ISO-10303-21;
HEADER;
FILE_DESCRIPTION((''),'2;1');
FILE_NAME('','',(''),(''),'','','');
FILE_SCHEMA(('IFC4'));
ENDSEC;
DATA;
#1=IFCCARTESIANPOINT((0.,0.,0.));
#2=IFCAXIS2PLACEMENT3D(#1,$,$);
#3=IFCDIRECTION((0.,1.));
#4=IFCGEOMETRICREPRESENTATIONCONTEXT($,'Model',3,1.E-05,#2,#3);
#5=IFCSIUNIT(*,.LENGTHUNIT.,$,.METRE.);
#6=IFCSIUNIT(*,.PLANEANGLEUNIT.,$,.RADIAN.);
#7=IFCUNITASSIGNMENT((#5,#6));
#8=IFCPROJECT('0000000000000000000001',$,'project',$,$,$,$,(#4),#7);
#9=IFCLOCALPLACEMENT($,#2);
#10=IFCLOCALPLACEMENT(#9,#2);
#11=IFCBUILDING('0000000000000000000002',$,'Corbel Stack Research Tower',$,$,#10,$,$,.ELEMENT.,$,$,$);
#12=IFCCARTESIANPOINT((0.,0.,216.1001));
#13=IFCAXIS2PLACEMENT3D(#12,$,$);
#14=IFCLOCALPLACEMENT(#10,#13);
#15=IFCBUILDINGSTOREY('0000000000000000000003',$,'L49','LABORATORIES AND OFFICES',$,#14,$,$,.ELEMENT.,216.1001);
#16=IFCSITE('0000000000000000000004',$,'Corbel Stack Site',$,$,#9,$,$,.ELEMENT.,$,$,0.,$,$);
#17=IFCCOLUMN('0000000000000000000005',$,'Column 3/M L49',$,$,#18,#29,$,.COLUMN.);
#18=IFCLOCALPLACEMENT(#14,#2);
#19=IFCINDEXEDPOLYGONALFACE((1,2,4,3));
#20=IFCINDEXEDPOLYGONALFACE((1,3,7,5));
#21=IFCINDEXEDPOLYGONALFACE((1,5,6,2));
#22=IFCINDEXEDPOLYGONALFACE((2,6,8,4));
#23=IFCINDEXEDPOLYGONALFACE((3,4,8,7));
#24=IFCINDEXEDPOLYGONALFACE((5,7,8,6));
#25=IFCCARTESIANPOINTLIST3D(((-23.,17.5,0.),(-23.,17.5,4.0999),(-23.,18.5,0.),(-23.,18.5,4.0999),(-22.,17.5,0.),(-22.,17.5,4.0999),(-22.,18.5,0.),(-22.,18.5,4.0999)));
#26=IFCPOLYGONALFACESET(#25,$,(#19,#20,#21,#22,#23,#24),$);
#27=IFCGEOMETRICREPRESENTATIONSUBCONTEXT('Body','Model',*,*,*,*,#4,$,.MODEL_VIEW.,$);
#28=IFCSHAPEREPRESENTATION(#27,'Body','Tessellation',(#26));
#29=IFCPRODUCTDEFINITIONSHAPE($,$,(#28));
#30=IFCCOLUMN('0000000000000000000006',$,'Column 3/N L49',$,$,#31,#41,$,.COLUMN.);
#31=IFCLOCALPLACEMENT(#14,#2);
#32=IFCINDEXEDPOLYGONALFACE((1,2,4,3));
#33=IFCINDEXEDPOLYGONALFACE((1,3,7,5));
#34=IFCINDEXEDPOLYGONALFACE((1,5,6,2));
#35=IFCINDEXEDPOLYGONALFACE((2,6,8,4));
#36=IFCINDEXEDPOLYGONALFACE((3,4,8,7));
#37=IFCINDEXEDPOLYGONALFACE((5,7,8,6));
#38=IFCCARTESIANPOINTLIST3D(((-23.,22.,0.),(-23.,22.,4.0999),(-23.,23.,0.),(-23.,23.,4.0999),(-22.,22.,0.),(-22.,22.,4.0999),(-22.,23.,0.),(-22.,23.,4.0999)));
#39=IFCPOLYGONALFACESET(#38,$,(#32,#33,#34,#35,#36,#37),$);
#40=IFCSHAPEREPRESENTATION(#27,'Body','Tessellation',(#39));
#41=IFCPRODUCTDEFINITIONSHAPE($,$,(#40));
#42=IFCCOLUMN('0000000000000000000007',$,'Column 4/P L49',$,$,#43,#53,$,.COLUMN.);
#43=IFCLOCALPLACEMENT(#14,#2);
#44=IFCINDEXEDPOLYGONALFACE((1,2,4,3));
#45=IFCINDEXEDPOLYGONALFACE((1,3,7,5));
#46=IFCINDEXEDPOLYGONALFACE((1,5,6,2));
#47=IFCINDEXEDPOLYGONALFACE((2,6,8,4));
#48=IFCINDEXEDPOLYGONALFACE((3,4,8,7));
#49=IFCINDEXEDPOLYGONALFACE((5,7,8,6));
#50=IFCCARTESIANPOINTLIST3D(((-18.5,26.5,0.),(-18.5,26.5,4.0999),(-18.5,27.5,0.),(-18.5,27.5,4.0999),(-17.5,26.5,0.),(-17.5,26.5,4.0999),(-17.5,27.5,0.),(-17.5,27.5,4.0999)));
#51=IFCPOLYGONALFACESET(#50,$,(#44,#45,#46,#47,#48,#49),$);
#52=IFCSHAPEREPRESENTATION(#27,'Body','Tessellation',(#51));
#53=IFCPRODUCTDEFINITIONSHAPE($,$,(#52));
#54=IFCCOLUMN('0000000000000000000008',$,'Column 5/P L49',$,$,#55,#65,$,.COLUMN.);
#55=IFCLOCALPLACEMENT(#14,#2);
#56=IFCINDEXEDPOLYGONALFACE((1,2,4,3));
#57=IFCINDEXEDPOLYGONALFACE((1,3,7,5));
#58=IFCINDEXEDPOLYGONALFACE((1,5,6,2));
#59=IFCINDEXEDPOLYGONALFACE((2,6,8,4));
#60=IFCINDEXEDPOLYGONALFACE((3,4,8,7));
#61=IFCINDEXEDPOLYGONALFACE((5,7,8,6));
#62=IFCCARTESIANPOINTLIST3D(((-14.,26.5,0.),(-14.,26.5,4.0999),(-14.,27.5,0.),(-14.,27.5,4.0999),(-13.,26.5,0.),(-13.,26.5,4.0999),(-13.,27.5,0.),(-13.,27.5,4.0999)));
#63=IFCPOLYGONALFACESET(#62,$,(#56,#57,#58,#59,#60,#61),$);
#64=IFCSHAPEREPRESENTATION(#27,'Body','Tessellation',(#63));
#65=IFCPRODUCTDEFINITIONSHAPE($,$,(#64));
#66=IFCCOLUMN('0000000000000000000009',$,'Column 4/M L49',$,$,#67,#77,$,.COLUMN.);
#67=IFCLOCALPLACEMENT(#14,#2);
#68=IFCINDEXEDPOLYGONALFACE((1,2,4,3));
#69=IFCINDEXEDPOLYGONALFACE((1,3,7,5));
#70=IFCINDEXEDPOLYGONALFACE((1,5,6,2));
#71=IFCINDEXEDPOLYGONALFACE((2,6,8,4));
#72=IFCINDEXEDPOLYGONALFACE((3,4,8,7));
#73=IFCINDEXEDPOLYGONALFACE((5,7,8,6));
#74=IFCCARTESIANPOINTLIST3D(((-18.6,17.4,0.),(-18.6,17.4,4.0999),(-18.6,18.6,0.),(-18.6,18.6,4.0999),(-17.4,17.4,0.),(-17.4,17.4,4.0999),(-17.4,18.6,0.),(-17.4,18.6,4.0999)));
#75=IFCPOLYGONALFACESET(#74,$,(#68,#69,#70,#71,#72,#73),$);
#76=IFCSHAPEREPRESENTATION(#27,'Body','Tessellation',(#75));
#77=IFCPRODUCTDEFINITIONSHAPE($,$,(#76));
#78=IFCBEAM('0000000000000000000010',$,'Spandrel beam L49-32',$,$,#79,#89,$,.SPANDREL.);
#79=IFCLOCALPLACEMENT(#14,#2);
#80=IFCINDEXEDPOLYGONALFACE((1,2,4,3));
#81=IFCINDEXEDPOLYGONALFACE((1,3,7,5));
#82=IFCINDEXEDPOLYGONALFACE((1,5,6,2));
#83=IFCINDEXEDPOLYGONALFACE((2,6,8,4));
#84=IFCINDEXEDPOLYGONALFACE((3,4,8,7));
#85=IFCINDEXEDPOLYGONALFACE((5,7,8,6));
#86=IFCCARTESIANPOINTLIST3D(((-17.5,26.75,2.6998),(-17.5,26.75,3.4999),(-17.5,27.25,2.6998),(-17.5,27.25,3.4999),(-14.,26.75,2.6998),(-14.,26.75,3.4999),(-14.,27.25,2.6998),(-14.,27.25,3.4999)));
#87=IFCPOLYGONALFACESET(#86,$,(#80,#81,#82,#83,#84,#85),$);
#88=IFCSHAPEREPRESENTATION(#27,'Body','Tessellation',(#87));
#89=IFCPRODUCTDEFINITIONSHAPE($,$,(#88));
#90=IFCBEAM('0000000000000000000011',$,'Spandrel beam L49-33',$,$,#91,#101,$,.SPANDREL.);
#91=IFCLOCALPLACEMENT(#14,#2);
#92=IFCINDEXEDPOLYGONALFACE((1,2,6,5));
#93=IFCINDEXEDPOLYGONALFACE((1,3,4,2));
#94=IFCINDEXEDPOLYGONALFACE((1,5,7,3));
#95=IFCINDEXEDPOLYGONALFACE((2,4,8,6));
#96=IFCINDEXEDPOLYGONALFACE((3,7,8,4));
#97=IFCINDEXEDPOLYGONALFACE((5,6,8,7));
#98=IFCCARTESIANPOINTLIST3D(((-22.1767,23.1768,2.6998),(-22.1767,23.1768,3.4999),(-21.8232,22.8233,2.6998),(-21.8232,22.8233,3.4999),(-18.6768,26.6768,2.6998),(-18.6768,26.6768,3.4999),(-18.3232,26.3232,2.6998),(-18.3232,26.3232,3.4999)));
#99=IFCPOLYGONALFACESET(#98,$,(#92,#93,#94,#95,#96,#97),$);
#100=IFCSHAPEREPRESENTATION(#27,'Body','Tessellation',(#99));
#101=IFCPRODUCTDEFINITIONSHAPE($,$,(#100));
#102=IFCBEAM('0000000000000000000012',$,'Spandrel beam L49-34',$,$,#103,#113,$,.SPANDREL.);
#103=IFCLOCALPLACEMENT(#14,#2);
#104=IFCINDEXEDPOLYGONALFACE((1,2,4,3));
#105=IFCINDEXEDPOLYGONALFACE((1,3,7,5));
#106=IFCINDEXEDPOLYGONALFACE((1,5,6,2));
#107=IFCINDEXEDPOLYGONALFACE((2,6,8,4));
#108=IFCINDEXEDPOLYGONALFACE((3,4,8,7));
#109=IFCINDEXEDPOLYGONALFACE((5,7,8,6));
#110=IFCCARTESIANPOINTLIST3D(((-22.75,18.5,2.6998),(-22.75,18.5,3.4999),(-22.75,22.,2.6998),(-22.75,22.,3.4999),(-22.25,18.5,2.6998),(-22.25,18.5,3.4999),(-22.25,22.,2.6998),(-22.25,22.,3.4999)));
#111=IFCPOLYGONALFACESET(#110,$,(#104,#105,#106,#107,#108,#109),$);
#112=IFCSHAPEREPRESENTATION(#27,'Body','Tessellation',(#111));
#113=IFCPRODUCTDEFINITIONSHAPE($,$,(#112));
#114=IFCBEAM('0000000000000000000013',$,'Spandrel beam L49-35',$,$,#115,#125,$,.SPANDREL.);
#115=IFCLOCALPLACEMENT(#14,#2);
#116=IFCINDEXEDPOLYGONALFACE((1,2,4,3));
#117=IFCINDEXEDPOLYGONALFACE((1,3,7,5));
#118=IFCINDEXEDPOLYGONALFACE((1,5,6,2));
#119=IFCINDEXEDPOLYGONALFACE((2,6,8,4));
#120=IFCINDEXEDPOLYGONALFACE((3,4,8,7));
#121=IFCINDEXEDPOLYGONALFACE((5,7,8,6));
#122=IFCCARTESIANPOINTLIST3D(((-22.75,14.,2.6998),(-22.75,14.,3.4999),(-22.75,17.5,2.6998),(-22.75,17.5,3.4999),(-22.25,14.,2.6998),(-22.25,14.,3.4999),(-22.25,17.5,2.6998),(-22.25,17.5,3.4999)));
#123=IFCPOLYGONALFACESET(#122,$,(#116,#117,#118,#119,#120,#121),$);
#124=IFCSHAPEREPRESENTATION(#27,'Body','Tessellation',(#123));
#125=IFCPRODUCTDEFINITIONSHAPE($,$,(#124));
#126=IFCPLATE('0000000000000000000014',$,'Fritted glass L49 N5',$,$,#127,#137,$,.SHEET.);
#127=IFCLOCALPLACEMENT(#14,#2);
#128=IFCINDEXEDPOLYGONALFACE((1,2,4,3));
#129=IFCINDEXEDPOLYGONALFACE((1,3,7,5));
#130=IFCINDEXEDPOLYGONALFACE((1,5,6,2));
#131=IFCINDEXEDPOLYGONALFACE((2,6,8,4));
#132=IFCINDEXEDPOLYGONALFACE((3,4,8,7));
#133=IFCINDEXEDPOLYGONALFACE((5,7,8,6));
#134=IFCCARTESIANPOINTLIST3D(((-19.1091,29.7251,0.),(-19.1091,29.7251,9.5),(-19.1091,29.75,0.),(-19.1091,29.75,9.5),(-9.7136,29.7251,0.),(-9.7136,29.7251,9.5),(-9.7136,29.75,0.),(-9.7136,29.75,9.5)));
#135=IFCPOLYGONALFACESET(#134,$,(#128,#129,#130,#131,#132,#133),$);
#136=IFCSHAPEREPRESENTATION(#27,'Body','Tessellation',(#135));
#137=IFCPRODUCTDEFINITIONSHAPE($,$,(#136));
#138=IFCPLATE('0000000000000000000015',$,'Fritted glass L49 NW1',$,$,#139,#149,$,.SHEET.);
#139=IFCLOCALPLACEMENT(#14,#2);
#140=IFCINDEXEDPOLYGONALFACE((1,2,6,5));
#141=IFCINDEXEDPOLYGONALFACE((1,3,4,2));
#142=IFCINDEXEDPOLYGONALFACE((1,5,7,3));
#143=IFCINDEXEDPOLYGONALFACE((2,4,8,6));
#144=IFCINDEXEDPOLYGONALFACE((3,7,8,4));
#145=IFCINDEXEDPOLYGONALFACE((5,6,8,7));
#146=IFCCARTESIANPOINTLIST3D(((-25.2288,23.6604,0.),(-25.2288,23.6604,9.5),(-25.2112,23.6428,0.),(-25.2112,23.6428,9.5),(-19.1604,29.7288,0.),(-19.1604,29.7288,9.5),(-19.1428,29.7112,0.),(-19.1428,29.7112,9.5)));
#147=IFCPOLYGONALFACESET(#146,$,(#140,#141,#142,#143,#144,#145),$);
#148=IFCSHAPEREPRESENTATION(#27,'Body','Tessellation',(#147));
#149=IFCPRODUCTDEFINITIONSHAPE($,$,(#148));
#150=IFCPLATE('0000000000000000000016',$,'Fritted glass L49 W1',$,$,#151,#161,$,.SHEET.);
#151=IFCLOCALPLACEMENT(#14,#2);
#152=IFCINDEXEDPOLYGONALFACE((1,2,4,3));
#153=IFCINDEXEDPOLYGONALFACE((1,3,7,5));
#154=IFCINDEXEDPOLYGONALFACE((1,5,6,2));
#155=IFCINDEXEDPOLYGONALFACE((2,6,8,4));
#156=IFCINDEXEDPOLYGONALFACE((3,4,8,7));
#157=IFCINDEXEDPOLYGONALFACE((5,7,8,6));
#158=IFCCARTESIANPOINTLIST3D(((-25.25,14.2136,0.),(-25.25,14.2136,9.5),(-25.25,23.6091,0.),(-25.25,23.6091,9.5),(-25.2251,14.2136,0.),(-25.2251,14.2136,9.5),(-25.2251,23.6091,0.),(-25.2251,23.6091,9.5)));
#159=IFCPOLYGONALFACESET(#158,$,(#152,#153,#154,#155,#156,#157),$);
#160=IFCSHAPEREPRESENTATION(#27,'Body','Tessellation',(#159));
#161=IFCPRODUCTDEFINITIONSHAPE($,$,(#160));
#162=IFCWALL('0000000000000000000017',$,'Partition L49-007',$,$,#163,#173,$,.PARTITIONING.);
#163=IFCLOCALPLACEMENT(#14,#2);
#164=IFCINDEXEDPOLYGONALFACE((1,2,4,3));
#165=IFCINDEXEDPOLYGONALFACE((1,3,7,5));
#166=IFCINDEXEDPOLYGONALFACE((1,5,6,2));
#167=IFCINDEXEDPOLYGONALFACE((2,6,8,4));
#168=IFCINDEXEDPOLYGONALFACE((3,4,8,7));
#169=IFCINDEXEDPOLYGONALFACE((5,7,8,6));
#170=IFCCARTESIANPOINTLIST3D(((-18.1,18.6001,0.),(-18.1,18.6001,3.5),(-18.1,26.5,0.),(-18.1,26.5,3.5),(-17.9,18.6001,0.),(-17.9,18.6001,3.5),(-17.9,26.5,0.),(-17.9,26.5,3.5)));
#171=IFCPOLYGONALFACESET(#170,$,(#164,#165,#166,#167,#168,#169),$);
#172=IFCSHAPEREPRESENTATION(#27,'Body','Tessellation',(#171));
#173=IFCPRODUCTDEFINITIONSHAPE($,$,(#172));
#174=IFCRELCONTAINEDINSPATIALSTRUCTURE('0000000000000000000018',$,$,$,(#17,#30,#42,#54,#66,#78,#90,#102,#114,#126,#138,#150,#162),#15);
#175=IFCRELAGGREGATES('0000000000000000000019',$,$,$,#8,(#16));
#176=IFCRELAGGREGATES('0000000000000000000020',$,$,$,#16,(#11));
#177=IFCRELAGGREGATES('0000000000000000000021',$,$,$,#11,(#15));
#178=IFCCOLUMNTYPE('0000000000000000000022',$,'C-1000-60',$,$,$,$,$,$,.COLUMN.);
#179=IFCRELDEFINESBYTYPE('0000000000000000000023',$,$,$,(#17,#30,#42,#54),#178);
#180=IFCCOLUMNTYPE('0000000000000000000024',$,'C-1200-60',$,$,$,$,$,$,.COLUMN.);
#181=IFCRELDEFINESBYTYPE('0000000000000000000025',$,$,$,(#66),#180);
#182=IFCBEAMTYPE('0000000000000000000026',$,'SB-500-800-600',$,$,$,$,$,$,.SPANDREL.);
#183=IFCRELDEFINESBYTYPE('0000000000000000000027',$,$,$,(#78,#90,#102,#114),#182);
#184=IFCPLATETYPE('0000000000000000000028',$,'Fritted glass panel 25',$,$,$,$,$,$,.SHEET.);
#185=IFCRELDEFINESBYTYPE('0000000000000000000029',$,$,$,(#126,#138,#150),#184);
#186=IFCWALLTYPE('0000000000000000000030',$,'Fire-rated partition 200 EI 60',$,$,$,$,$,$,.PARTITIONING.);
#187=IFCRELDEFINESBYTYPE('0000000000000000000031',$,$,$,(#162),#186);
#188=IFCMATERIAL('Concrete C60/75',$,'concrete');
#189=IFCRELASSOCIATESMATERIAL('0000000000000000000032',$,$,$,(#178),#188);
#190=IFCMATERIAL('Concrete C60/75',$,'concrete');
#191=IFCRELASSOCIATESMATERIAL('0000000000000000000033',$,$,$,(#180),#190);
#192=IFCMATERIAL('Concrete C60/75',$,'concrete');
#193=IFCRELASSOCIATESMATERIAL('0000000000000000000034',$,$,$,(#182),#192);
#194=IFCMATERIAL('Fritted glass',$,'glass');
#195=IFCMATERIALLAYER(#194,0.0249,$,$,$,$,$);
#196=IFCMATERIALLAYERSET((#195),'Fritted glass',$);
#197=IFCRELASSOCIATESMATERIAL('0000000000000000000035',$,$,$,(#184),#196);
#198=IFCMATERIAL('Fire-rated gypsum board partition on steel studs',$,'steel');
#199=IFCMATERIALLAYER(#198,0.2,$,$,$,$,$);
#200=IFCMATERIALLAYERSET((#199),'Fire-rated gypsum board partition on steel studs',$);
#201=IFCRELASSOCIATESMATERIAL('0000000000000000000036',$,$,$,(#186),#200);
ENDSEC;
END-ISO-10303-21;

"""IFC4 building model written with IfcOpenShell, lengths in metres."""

from ifc_helpers import new_model, si_unit, direction, frame, frame_2d, origin, origin_2d, place, context, subcontext, project, spatial, rectangle, extrude, material, layer, layer_set, material_profile, profile_set, type_object, element, save


model = new_model("IFC4")

# Units and contexts
model_context = context("Model", 3, precision=1e-05, world=origin(), true_north=direction((0.0, 1.0)))
body_context = subcontext(model_context, "Body", "Model", "MODEL_VIEW")
ifc_project = project(units=[si_unit("LENGTHUNIT", "METRE"), si_unit("PLANEANGLEUNIT", "RADIAN")], contexts=[model_context])

# Site, building, storey
site_placement = place(None, origin())
site = spatial("IfcSite", under=ifc_project, at=site_placement, Name="Corbel Stack Site", CompositionType="ELEMENT", RefElevation=0.0)
building_placement = place(site_placement, origin())
building = spatial("IfcBuilding", under=site, at=building_placement, Name="Corbel Stack Research Tower", CompositionType="ELEMENT")
storey_placement = place(building_placement, frame((0.0, 0.0, 216.1001)))
storey = spatial("IfcBuildingStorey", under=building, at=storey_placement, Name="L49", Description="LABORATORIES AND OFFICES", CompositionType="ELEMENT", Elevation=216.1001)

# Columns
ifc_material_1 = material(Name="Concrete C60/75", Category="concrete")
ifc_material_profile_1 = material_profile(ifc_material_1, rectangle(XDim=1.0, YDim=1.0, at=origin_2d()), Name="RC 1000 x 1000")
ifc_profile_set_1 = profile_set([ifc_material_profile_1], Name="Concrete C60/75")
column_type_1 = type_object("IfcColumnType", Name="C-1000-60", PredefinedType="COLUMN", material=ifc_profile_set_1)
for number, where, z_axis, x_axis, name in (
    (1, (-22.5, 18.0, 0.0), (0.0, 0.0, 1.0), (1.0, 0.0, 0.0), "Column 3/M L49"),
    (2, (-22.5, 22.5, 0.0), (0.0, 0.0, 1.0), (1.0, 0.0, 0.0), "Column 3/N L49"),
    (3, (-18.0, 27.0, 0.0), (0.0, 0.0, 1.0), (1.0, 0.0, 0.0), "Column 4/P L49"),
    (4, (-13.5, 27.0, 0.0), (0.0, 0.0, 1.0), (1.0, 0.0, 0.0), "Column 5/P L49"),
):
    element("IfcColumn", number, at=place(storey_placement, frame(where, z_axis=z_axis, x_axis=x_axis)), inside=storey, type_object=column_type_1, Name=name, PredefinedType="COLUMN", context=body_context, shape_type="SweptSolid", body=[
        extrude(rectangle(XDim=1.0, YDim=1.0, at=origin_2d()), origin(), (0.0, 0.0, 1.0), 4.0999),
    ])
ifc_material_2 = material(Name="Concrete C60/75", Category="concrete")
ifc_material_profile_2 = material_profile(ifc_material_2, rectangle(XDim=1.2, YDim=1.2, at=origin_2d()), Name="RC 1200 x 1200")
ifc_profile_set_2 = profile_set([ifc_material_profile_2], Name="Concrete C60/75")
column_type_2 = type_object("IfcColumnType", Name="C-1200-60", PredefinedType="COLUMN", material=ifc_profile_set_2)
column_placement = place(storey_placement, frame((-18.0, 18.0, 0.0), z_axis=(0.0, 0.0, 1.0), x_axis=(1.0, 0.0, 0.0)))
element("IfcColumn", 5, at=column_placement, inside=storey, type_object=column_type_2, Name="Column 4/M L49", PredefinedType="COLUMN", context=body_context, shape_type="SweptSolid", body=[
    extrude(rectangle(XDim=1.2, YDim=1.2, at=origin_2d()), origin(), (0.0, 0.0, 1.0), 4.0999),
])

# Beams
ifc_material_3 = material(Name="Concrete C60/75", Category="concrete")
ifc_material_profile_3 = material_profile(ifc_material_3, rectangle(XDim=0.5, YDim=0.8, at=origin_2d()), Name="RC 500 x 800")
ifc_profile_set_3 = profile_set([ifc_material_profile_3], Name="Concrete C60/75")
beam_type = type_object("IfcBeamType", Name="SB-500-800-600", PredefinedType="SPANDREL", material=ifc_profile_set_3)
beam_1_placement = place(storey_placement, frame((-14.0, 27.0, 3.0999), z_axis=(-1.0, 0.0, 0.0), x_axis=(0.0, -1.0, 0.0)))
element("IfcBeam", 6, at=beam_1_placement, inside=storey, type_object=beam_type, Name="Spandrel beam L49-32", PredefinedType="SPANDREL", context=body_context, shape_type="SweptSolid", body=[
    extrude(rectangle(XDim=0.5, YDim=0.8, at=origin_2d()), origin(), (0.0, 0.0, 1.0), 3.5),
])
beam_2_placement = place(storey_placement, frame((-18.5, 26.5, 3.0999), z_axis=(-0.707107, -0.707107, 0.0), x_axis=(0.707107, -0.707107, 0.0)))
element("IfcBeam", 7, at=beam_2_placement, inside=storey, type_object=beam_type, Name="Spandrel beam L49-33", PredefinedType="SPANDREL", context=body_context, shape_type="SweptSolid", body=[
    extrude(rectangle(XDim=0.5, YDim=0.8, at=origin_2d()), origin(), (0.0, 0.0, 1.0), 4.9497),
])
for number, where, z_axis, x_axis, name in (
    (8, (-22.5, 22.0, 3.0999), (0.0, -1.0, 0.0), (1.0, 0.0, 0.0), "Spandrel beam L49-34"),
    (9, (-22.5, 17.5, 3.0999), (0.0, -1.0, 0.0), (1.0, 0.0, 0.0), "Spandrel beam L49-35"),
):
    element("IfcBeam", number, at=place(storey_placement, frame(where, z_axis=z_axis, x_axis=x_axis)), inside=storey, type_object=beam_type, Name=name, PredefinedType="SPANDREL", context=body_context, shape_type="SweptSolid", body=[
        extrude(rectangle(XDim=0.5, YDim=0.8, at=origin_2d()), origin(), (0.0, 0.0, 1.0), 3.5),
    ])

# Plates
ifc_material_4 = material(Name="Fritted glass", Category="glass")
ifc_layer_1 = layer(ifc_material_4, 0.0249)
ifc_layer_set_1 = layer_set([ifc_layer_1], Name="Fritted glass")
plate_type = type_object("IfcPlateType", Name="Fritted glass panel 25", PredefinedType="SHEET", material=ifc_layer_set_1)
plate_1_placement = place(storey_placement, frame((-14.4114, 29.7375, 0.0), z_axis=(0.0, 0.0, 1.0), x_axis=(-1.0, 0.0, 0.0)))
element("IfcPlate", 10, at=plate_1_placement, inside=storey, type_object=plate_type, Name="Fritted glass L49 N5", PredefinedType="SHEET", context=body_context, shape_type="SweptSolid", body=[
    extrude(rectangle(XDim=9.3955, YDim=0.0249, at=origin_2d()), origin(), (0.0, 0.0, 1.0), 9.5),
])
plate_2_placement = place(storey_placement, frame((-22.1858, 26.6858, 0.0), z_axis=(0.0, 0.0, 1.0), x_axis=(-0.707107, -0.707107, 0.0)))
element("IfcPlate", 11, at=plate_2_placement, inside=storey, type_object=plate_type, Name="Fritted glass L49 NW1", PredefinedType="SHEET", context=body_context, shape_type="SweptSolid", body=[
    extrude(rectangle(XDim=8.582, YDim=0.0249, at=origin_2d()), origin(), (0.0, 0.0, 1.0), 9.5),
])
plate_3_placement = place(storey_placement, frame((-25.2375, 18.9114, 0.0), z_axis=(0.0, 0.0, 1.0), x_axis=(0.0, -1.0, 0.0)))
element("IfcPlate", 12, at=plate_3_placement, inside=storey, type_object=plate_type, Name="Fritted glass L49 W1", PredefinedType="SHEET", context=body_context, shape_type="SweptSolid", body=[
    extrude(rectangle(XDim=9.3955, YDim=0.0249, at=origin_2d()), origin(), (0.0, 0.0, 1.0), 9.5),
])

# Wall
ifc_material_5 = material(Name="Fire-rated gypsum board partition on steel studs", Category="steel")
ifc_layer_2 = layer(ifc_material_5, 0.2)
ifc_layer_set_2 = layer_set([ifc_layer_2], Name="Fire-rated gypsum board partition on steel studs")
wall_type_1 = type_object("IfcWallType", Name="Fire-rated partition 200 EI 60", PredefinedType="PARTITIONING", material=ifc_layer_set_2)
wall_1_placement = place(storey_placement, frame((-18.0, 18.6001, 0.0), z_axis=(0.0, 0.0, 1.0), x_axis=(0.0, 1.0, 0.0)))
element("IfcWall", 13, at=wall_1_placement, inside=storey, type_object=wall_type_1, Name="Partition L49-007", PredefinedType="PARTITIONING", context=body_context, shape_type="SweptSolid", body=[
    extrude(rectangle(XDim=7.8999, YDim=0.2, at=frame_2d((3.95, 0.0))), origin(), (0.0, 0.0, 1.0), 3.5),
])

save(model, "model.ifc")
